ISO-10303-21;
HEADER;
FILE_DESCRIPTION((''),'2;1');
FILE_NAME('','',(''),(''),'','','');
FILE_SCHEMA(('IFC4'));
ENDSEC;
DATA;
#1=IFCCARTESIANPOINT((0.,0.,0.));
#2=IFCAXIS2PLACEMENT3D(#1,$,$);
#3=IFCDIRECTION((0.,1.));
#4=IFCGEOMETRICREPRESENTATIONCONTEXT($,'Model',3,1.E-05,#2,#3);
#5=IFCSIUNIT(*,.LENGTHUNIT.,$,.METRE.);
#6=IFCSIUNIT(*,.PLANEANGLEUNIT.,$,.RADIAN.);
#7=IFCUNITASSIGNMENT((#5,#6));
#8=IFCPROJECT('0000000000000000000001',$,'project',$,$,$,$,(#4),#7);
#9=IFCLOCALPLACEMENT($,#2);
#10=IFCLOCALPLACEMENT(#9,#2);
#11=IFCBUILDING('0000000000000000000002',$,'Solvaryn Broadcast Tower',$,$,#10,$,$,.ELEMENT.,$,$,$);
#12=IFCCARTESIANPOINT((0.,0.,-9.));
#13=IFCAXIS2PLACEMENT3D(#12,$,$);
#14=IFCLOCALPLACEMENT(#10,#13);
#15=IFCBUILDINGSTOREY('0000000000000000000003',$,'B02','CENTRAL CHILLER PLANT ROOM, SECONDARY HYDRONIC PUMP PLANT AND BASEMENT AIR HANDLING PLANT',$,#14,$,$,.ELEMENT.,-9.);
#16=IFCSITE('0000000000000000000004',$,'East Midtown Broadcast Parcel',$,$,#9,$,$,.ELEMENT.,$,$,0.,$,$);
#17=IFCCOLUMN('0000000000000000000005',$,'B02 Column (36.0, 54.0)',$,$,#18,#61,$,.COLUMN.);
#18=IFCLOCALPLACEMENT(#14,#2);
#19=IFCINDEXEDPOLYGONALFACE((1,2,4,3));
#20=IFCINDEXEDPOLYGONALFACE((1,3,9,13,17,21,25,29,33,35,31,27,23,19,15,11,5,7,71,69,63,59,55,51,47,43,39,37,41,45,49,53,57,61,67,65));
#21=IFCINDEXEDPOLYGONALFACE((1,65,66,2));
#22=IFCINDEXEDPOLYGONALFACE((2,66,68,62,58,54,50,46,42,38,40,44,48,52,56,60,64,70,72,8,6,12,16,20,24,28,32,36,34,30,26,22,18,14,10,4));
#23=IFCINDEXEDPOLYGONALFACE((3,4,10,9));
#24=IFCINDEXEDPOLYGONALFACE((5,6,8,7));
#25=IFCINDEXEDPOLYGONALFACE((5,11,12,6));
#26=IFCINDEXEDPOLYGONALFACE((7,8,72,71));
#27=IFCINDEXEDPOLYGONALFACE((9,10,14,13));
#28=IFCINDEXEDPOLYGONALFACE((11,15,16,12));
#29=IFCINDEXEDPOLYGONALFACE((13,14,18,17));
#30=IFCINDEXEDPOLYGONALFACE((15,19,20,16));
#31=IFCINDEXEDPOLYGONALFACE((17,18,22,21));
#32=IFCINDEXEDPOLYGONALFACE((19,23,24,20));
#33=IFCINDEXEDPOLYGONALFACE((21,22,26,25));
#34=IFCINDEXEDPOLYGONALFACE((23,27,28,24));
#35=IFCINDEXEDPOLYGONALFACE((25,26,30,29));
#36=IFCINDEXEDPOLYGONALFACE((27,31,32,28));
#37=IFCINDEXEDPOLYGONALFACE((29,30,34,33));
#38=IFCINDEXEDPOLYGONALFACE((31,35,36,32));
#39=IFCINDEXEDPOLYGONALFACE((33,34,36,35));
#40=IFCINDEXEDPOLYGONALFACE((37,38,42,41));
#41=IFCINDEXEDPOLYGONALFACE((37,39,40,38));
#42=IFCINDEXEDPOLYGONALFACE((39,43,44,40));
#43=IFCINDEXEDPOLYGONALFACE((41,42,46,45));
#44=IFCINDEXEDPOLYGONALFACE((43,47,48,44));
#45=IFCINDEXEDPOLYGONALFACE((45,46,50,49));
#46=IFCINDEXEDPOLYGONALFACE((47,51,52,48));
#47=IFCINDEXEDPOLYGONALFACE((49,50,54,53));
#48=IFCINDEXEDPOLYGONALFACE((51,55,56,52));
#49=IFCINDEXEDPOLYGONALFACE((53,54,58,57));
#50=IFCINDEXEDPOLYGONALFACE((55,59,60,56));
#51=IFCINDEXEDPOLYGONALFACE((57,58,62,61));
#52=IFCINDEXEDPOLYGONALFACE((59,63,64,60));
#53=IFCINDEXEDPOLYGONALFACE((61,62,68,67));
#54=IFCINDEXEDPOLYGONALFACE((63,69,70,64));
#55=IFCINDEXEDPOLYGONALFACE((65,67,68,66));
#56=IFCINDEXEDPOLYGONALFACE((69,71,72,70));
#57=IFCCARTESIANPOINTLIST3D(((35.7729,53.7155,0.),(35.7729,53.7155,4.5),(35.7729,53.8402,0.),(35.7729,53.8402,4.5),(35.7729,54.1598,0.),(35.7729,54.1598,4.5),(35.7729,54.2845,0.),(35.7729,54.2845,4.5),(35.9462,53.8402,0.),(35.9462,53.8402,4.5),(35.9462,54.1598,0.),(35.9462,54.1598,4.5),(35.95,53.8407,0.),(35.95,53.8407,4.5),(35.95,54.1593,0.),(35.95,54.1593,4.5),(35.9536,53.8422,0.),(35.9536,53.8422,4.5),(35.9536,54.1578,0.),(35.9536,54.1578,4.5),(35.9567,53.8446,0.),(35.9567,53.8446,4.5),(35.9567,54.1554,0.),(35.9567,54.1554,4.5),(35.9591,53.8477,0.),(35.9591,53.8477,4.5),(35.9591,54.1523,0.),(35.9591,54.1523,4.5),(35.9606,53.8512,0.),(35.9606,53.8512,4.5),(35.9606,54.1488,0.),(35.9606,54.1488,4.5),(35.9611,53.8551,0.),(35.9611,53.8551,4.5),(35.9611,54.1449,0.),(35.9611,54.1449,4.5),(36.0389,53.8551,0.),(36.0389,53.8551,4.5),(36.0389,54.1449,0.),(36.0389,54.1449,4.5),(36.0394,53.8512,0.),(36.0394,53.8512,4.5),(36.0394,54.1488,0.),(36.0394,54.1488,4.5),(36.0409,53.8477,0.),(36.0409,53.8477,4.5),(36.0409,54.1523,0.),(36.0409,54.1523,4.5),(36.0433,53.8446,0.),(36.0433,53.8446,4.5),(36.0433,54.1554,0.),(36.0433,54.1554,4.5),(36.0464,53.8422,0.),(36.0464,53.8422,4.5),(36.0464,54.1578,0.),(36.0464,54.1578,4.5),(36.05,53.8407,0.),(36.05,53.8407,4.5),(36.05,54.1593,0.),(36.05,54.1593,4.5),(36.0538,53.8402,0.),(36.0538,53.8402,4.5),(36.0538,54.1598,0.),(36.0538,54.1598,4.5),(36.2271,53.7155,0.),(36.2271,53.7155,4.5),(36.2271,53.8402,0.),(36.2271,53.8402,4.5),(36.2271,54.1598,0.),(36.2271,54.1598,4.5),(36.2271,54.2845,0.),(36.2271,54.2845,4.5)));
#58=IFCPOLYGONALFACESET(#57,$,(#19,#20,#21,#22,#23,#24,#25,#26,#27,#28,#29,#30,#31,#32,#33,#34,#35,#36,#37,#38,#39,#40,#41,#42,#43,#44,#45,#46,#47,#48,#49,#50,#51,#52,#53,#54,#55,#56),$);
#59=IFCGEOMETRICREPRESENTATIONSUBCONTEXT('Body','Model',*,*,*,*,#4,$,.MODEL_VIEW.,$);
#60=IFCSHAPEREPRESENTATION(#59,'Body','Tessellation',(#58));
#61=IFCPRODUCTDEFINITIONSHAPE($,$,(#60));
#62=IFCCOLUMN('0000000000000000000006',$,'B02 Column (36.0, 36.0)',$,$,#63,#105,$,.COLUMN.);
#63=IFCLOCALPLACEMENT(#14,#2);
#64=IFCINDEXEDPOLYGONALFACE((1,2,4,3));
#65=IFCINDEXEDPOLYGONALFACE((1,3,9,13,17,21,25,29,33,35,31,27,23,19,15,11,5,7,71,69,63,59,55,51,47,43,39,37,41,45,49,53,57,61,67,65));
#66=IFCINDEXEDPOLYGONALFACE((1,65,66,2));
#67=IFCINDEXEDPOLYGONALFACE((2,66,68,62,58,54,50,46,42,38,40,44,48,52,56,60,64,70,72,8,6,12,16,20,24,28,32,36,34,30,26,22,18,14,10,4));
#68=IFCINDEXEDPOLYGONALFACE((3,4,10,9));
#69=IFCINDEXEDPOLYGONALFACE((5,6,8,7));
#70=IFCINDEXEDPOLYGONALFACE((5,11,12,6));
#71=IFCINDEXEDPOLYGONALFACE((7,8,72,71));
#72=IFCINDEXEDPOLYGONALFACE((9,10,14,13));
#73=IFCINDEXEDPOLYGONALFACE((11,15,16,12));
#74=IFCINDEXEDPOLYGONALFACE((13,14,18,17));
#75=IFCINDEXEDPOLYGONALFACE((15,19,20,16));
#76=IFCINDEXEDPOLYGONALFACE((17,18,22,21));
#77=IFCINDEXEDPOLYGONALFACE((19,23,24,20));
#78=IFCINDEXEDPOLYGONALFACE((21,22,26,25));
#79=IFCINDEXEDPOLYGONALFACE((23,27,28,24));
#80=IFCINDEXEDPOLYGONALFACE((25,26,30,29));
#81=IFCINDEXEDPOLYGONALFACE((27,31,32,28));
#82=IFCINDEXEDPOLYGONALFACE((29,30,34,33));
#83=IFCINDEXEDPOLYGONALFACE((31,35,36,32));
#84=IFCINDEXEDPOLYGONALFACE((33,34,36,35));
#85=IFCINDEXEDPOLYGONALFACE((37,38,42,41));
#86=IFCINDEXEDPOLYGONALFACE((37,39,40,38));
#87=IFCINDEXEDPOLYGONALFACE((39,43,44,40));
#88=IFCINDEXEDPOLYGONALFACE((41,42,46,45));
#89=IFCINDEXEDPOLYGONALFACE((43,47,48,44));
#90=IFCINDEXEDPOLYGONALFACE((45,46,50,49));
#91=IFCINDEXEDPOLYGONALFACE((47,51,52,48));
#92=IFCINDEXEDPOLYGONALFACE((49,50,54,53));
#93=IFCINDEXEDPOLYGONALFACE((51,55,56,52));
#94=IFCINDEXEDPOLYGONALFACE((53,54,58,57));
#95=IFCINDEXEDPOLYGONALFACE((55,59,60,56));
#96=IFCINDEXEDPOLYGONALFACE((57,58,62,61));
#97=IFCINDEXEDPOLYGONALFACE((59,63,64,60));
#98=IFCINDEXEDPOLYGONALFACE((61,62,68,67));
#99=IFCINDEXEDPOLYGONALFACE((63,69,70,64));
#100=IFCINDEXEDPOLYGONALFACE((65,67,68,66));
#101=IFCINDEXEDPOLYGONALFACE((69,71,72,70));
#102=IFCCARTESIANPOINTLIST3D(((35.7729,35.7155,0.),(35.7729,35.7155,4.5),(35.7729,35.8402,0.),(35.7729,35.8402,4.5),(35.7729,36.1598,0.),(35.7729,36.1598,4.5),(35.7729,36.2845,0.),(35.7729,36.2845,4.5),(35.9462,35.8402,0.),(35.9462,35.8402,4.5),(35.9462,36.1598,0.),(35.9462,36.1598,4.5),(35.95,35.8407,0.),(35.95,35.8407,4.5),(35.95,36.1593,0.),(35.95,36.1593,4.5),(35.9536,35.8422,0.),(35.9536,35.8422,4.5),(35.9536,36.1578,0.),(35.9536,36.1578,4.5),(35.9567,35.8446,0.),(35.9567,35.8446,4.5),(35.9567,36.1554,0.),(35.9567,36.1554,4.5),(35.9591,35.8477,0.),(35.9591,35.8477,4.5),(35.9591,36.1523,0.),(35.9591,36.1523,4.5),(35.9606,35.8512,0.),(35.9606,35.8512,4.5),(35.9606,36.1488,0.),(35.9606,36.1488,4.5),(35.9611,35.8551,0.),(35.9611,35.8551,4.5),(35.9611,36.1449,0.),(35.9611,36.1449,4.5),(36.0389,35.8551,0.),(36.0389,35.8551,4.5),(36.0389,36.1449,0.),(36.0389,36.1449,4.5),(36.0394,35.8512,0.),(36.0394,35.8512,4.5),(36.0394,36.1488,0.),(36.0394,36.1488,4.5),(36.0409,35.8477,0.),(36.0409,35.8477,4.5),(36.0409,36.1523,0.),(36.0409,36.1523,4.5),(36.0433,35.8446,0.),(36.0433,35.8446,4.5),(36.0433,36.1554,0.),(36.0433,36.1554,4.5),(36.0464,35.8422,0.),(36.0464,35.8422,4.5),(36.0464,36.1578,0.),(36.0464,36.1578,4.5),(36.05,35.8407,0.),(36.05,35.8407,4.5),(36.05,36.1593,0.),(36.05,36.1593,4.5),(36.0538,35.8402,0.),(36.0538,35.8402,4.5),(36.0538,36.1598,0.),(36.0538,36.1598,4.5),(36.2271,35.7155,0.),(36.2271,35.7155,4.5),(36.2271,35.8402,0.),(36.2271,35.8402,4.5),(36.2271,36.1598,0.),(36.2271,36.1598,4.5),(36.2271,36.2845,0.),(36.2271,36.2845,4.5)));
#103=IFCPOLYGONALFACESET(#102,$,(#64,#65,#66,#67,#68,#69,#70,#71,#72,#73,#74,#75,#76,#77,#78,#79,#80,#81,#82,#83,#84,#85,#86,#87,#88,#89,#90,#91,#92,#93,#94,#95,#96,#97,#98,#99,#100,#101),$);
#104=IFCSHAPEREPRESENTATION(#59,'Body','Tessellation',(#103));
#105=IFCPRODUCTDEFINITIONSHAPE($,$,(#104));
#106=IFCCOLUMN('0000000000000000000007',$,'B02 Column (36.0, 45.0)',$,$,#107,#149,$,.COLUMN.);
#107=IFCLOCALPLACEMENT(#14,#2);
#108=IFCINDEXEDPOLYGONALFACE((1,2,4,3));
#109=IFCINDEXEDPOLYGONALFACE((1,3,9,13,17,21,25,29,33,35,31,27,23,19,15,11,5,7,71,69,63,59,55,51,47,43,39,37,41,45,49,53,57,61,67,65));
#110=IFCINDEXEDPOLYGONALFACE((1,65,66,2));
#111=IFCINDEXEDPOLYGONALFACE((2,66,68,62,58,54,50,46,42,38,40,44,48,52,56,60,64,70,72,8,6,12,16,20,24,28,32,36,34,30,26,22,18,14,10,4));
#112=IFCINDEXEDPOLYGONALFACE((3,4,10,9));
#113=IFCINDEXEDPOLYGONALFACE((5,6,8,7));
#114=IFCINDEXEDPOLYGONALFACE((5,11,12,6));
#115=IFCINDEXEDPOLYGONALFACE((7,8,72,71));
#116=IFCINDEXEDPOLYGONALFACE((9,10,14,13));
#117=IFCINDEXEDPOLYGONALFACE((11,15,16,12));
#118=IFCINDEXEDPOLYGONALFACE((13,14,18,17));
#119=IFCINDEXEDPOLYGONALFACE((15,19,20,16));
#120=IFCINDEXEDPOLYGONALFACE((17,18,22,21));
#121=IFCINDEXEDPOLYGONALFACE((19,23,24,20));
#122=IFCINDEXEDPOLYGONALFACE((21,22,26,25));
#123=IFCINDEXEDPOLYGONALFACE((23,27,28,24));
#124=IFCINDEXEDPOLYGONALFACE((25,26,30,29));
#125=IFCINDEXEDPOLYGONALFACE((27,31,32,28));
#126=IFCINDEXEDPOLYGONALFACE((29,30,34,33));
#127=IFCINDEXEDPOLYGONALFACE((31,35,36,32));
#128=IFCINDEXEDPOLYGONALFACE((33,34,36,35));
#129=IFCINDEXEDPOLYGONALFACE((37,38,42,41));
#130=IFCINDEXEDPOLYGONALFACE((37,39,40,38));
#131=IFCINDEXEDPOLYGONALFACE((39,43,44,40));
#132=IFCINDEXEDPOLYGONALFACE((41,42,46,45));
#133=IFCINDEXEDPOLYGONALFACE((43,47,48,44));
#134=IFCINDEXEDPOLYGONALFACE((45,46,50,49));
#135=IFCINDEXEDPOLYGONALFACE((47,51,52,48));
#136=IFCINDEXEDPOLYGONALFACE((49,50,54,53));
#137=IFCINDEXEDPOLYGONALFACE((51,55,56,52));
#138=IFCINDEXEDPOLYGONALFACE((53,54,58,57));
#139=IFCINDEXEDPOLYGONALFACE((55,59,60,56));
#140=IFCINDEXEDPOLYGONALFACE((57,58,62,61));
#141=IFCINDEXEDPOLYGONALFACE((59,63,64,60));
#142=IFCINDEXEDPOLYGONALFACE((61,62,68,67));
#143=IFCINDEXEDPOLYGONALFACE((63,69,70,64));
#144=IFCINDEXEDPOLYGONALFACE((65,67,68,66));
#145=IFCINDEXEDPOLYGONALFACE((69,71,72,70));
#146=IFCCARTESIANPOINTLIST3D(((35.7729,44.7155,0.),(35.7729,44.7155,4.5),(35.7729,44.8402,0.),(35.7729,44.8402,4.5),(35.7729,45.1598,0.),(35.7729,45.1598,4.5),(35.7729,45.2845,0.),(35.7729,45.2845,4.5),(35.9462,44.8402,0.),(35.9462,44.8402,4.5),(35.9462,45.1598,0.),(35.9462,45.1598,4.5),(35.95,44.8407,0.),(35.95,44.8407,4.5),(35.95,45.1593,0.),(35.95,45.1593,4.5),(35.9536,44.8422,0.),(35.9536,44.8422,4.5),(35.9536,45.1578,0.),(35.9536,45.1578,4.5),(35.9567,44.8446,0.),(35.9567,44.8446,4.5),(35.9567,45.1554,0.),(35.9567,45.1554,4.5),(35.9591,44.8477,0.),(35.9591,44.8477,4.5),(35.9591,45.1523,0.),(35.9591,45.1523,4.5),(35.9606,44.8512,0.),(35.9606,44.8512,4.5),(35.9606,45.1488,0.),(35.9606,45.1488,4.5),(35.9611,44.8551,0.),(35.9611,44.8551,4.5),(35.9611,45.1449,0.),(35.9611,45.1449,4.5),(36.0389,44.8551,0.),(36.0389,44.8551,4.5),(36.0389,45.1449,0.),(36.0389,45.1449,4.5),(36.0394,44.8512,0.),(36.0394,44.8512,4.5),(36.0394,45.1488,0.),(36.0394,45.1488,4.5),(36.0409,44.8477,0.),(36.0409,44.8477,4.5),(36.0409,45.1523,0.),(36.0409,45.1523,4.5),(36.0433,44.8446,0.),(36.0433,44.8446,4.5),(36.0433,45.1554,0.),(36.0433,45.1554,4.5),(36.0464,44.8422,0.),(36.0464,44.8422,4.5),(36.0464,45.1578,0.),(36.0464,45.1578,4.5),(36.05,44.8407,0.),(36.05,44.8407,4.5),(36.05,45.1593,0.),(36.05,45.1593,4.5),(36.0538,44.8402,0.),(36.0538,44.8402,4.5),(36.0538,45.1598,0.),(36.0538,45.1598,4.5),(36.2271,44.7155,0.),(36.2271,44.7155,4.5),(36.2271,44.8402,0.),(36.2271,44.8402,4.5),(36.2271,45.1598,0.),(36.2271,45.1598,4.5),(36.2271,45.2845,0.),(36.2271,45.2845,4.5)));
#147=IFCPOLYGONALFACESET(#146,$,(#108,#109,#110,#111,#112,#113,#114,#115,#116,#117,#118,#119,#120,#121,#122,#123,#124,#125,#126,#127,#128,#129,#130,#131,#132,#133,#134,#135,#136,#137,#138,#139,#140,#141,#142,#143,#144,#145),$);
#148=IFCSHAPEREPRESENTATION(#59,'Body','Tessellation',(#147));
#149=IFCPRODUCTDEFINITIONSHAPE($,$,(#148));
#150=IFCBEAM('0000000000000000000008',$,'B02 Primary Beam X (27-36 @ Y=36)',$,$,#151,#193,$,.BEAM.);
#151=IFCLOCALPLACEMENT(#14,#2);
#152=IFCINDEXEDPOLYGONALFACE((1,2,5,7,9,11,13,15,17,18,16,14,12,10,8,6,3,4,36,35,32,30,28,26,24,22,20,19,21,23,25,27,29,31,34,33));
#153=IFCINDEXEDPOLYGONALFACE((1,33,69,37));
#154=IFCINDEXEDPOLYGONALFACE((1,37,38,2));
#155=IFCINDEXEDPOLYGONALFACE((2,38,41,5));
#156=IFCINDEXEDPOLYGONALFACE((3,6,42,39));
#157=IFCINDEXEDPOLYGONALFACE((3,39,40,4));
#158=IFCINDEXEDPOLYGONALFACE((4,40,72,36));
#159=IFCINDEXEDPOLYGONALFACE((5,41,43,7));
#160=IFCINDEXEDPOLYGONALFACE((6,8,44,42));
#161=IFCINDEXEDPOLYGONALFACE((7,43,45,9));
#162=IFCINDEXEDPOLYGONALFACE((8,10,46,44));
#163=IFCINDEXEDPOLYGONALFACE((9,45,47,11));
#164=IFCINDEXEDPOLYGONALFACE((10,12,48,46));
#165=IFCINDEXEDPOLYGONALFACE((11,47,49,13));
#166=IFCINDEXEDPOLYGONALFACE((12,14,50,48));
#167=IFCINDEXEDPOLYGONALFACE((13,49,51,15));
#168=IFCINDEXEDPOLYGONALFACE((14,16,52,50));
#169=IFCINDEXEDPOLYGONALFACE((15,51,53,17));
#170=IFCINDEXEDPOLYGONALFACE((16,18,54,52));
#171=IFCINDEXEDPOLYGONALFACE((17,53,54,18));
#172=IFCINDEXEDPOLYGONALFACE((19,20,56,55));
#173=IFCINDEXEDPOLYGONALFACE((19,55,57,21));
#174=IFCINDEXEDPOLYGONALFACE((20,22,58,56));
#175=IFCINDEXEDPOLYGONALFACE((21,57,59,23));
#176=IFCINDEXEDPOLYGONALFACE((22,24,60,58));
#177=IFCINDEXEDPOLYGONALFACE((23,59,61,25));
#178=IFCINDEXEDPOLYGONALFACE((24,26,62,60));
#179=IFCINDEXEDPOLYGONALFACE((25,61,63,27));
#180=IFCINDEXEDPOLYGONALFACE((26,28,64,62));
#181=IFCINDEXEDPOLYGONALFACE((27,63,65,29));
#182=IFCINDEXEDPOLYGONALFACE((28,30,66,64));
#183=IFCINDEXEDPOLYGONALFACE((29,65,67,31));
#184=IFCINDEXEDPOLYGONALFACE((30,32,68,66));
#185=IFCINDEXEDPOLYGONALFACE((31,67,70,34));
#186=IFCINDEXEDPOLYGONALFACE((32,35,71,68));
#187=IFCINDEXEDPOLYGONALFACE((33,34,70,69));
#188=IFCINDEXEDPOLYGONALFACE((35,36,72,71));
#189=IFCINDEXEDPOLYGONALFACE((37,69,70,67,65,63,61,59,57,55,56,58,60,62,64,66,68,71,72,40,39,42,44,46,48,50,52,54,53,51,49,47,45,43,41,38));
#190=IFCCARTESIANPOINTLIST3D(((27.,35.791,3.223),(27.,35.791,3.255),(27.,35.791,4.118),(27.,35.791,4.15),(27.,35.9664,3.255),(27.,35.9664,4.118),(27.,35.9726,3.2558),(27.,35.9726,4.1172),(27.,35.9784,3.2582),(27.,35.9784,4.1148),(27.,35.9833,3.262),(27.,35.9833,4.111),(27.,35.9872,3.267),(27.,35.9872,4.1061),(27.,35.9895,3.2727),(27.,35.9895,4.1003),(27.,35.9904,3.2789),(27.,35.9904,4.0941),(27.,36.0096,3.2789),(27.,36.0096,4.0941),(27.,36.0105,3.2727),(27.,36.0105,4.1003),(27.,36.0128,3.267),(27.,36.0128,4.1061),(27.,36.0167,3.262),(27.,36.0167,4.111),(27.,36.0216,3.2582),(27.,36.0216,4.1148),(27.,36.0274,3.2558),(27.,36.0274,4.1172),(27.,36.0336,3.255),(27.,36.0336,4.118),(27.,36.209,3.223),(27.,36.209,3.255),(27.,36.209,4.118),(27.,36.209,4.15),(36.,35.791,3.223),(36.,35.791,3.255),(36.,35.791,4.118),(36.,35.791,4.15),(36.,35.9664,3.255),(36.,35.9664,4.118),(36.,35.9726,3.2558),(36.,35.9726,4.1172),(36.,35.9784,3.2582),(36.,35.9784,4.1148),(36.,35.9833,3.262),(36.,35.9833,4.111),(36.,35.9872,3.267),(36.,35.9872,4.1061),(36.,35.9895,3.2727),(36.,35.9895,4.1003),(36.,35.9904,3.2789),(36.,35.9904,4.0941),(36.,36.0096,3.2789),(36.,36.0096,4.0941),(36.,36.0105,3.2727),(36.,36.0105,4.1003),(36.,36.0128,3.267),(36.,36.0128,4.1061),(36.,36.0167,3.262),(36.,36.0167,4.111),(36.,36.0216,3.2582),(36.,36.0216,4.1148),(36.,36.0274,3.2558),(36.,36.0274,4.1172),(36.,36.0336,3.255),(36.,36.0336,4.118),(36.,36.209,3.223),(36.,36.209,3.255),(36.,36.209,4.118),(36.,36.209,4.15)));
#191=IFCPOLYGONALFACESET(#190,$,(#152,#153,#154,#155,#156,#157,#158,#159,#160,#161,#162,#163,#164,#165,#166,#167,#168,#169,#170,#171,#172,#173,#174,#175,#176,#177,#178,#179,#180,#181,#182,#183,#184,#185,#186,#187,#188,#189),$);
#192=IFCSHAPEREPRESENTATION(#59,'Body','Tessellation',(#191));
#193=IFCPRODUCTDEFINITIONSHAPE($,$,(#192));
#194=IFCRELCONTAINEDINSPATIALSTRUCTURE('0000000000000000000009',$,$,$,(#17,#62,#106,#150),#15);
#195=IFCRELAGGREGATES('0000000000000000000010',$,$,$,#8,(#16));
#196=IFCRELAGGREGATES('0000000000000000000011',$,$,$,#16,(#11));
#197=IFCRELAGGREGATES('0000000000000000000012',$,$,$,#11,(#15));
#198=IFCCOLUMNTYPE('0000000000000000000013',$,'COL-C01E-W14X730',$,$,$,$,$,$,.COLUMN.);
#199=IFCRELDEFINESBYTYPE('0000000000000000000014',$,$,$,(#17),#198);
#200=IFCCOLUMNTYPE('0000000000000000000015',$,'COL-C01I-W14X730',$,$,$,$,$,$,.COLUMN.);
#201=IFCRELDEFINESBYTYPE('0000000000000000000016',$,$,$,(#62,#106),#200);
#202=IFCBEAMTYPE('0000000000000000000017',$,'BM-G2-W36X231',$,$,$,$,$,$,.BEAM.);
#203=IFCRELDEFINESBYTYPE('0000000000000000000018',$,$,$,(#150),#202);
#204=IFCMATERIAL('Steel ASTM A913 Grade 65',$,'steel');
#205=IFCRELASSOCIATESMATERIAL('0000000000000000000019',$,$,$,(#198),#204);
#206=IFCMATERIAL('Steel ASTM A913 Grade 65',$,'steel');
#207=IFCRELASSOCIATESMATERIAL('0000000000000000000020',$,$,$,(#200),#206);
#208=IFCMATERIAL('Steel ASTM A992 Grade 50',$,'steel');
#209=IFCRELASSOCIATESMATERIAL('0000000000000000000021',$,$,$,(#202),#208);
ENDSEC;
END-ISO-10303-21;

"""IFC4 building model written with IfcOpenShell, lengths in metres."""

from ifc_helpers import new_model, si_unit, direction, frame, origin, origin_2d, place, context, subcontext, project, spatial, i_section, extrude, material, material_profile, profile_set, type_object, element, save


model = new_model("IFC4")

# Units and contexts
model_context = context("Model", 3, precision=1e-05, world=origin(), true_north=direction((0.0, 1.0)))
body_context = subcontext(model_context, "Body", "Model", "MODEL_VIEW")
ifc_project = project(units=[si_unit("LENGTHUNIT", "METRE"), si_unit("PLANEANGLEUNIT", "RADIAN")], contexts=[model_context])

# Site, building, storey
site_placement = place(None, origin())
site = spatial("IfcSite", under=ifc_project, at=site_placement, Name="East Midtown Broadcast Parcel", CompositionType="ELEMENT", RefElevation=0.0)
building_placement = place(site_placement, origin())
building = spatial("IfcBuilding", under=site, at=building_placement, Name="Solvaryn Broadcast Tower", CompositionType="ELEMENT")
storey_placement = place(building_placement, frame((0.0, 0.0, -9.0)))
storey = spatial("IfcBuildingStorey", under=building, at=storey_placement, Name="B02", Description="CENTRAL CHILLER PLANT ROOM, SECONDARY HYDRONIC PUMP PLANT AND BASEMENT AIR HANDLING PLANT", CompositionType="ELEMENT", Elevation=-9.0)

# Columns
ifc_material_1 = material(Name="Steel ASTM A913 Grade 65", Category="steel")
ifc_material_profile_1 = material_profile(ifc_material_1, i_section(OverallWidth=0.4541, OverallDepth=0.5691, WebThickness=0.0779, FlangeThickness=0.1248, FilletRadius=0.0149, at=origin_2d()))
ifc_profile_set_1 = profile_set([ifc_material_profile_1], Name="Steel ASTM A913 Grade 65")
column_type_1 = type_object("IfcColumnType", Name="COL-C01E-W14X730", PredefinedType="COLUMN", material=ifc_profile_set_1)
column_placement = place(storey_placement, frame((36.0, 54.0, 0.0), z_axis=(0.0, 0.0, 1.0), x_axis=(1.0, 0.0, 0.0)))
element("IfcColumn", 1, at=column_placement, inside=storey, type_object=column_type_1, Name="B02 Column (36.0, 54.0)", PredefinedType="COLUMN", context=body_context, shape_type="SweptSolid", body=[
    extrude(i_section(OverallWidth=0.4541, OverallDepth=0.5691, WebThickness=0.0779, FlangeThickness=0.1248, FilletRadius=0.0149, at=origin_2d()), origin(), (0.0, 0.0, 1.0), 4.5),
])
ifc_material_2 = material(Name="Steel ASTM A913 Grade 65", Category="steel")
ifc_material_profile_2 = material_profile(ifc_material_2, i_section(OverallWidth=0.4541, OverallDepth=0.5691, WebThickness=0.0779, FlangeThickness=0.1248, FilletRadius=0.0149, at=origin_2d()))
ifc_profile_set_2 = profile_set([ifc_material_profile_2], Name="Steel ASTM A913 Grade 65")
column_type_2 = type_object("IfcColumnType", Name="COL-C01I-W14X730", PredefinedType="COLUMN", material=ifc_profile_set_2)
for number, where, z_axis, x_axis, name in (
    (2, (36.0, 36.0, 0.0), (0.0, 0.0, 1.0), (1.0, 0.0, 0.0), "B02 Column (36.0, 36.0)"),
    (3, (36.0, 45.0, 0.0), (0.0, 0.0, 1.0), (1.0, 0.0, 0.0), "B02 Column (36.0, 45.0)"),
):
    element("IfcColumn", number, at=place(storey_placement, frame(where, z_axis=z_axis, x_axis=x_axis)), inside=storey, type_object=column_type_2, Name=name, PredefinedType="COLUMN", context=body_context, shape_type="SweptSolid", body=[
        extrude(i_section(OverallWidth=0.4541, OverallDepth=0.5691, WebThickness=0.0779, FlangeThickness=0.1248, FilletRadius=0.0149, at=origin_2d()), origin(), (0.0, 0.0, 1.0), 4.5),
    ])

# Beam
ifc_material_3 = material(Name="Steel ASTM A992 Grade 50", Category="steel")
ifc_material_profile_3 = material_profile(ifc_material_3, i_section(OverallWidth=0.418, OverallDepth=0.927, WebThickness=0.0193, FlangeThickness=0.032, FilletRadius=0.0239, at=origin_2d()))
ifc_profile_set_3 = profile_set([ifc_material_profile_3], Name="Steel ASTM A992 Grade 50")
beam_type_1 = type_object("IfcBeamType", Name="BM-G2-W36X231", PredefinedType="BEAM", material=ifc_profile_set_3)
for number, where, z_axis, x_axis, name in (
    (4, (27.0, 36.0, 3.6865), (1.0, 0.0, 0.0), (0.0, 1.0, 0.0), "B02 Primary Beam X (27-36 @ Y=36)"),
):
    element("IfcBeam", number, at=place(storey_placement, frame(where, z_axis=z_axis, x_axis=x_axis)), inside=storey, type_object=beam_type_1, Name=name, PredefinedType="BEAM", context=body_context, shape_type="SweptSolid", body=[
        extrude(i_section(OverallWidth=0.418, OverallDepth=0.927, WebThickness=0.0193, FlangeThickness=0.032, FilletRadius=0.0239, at=origin_2d()), origin(), (0.0, 0.0, 1.0), 9.0),
    ])

save(model, "model.ifc")
